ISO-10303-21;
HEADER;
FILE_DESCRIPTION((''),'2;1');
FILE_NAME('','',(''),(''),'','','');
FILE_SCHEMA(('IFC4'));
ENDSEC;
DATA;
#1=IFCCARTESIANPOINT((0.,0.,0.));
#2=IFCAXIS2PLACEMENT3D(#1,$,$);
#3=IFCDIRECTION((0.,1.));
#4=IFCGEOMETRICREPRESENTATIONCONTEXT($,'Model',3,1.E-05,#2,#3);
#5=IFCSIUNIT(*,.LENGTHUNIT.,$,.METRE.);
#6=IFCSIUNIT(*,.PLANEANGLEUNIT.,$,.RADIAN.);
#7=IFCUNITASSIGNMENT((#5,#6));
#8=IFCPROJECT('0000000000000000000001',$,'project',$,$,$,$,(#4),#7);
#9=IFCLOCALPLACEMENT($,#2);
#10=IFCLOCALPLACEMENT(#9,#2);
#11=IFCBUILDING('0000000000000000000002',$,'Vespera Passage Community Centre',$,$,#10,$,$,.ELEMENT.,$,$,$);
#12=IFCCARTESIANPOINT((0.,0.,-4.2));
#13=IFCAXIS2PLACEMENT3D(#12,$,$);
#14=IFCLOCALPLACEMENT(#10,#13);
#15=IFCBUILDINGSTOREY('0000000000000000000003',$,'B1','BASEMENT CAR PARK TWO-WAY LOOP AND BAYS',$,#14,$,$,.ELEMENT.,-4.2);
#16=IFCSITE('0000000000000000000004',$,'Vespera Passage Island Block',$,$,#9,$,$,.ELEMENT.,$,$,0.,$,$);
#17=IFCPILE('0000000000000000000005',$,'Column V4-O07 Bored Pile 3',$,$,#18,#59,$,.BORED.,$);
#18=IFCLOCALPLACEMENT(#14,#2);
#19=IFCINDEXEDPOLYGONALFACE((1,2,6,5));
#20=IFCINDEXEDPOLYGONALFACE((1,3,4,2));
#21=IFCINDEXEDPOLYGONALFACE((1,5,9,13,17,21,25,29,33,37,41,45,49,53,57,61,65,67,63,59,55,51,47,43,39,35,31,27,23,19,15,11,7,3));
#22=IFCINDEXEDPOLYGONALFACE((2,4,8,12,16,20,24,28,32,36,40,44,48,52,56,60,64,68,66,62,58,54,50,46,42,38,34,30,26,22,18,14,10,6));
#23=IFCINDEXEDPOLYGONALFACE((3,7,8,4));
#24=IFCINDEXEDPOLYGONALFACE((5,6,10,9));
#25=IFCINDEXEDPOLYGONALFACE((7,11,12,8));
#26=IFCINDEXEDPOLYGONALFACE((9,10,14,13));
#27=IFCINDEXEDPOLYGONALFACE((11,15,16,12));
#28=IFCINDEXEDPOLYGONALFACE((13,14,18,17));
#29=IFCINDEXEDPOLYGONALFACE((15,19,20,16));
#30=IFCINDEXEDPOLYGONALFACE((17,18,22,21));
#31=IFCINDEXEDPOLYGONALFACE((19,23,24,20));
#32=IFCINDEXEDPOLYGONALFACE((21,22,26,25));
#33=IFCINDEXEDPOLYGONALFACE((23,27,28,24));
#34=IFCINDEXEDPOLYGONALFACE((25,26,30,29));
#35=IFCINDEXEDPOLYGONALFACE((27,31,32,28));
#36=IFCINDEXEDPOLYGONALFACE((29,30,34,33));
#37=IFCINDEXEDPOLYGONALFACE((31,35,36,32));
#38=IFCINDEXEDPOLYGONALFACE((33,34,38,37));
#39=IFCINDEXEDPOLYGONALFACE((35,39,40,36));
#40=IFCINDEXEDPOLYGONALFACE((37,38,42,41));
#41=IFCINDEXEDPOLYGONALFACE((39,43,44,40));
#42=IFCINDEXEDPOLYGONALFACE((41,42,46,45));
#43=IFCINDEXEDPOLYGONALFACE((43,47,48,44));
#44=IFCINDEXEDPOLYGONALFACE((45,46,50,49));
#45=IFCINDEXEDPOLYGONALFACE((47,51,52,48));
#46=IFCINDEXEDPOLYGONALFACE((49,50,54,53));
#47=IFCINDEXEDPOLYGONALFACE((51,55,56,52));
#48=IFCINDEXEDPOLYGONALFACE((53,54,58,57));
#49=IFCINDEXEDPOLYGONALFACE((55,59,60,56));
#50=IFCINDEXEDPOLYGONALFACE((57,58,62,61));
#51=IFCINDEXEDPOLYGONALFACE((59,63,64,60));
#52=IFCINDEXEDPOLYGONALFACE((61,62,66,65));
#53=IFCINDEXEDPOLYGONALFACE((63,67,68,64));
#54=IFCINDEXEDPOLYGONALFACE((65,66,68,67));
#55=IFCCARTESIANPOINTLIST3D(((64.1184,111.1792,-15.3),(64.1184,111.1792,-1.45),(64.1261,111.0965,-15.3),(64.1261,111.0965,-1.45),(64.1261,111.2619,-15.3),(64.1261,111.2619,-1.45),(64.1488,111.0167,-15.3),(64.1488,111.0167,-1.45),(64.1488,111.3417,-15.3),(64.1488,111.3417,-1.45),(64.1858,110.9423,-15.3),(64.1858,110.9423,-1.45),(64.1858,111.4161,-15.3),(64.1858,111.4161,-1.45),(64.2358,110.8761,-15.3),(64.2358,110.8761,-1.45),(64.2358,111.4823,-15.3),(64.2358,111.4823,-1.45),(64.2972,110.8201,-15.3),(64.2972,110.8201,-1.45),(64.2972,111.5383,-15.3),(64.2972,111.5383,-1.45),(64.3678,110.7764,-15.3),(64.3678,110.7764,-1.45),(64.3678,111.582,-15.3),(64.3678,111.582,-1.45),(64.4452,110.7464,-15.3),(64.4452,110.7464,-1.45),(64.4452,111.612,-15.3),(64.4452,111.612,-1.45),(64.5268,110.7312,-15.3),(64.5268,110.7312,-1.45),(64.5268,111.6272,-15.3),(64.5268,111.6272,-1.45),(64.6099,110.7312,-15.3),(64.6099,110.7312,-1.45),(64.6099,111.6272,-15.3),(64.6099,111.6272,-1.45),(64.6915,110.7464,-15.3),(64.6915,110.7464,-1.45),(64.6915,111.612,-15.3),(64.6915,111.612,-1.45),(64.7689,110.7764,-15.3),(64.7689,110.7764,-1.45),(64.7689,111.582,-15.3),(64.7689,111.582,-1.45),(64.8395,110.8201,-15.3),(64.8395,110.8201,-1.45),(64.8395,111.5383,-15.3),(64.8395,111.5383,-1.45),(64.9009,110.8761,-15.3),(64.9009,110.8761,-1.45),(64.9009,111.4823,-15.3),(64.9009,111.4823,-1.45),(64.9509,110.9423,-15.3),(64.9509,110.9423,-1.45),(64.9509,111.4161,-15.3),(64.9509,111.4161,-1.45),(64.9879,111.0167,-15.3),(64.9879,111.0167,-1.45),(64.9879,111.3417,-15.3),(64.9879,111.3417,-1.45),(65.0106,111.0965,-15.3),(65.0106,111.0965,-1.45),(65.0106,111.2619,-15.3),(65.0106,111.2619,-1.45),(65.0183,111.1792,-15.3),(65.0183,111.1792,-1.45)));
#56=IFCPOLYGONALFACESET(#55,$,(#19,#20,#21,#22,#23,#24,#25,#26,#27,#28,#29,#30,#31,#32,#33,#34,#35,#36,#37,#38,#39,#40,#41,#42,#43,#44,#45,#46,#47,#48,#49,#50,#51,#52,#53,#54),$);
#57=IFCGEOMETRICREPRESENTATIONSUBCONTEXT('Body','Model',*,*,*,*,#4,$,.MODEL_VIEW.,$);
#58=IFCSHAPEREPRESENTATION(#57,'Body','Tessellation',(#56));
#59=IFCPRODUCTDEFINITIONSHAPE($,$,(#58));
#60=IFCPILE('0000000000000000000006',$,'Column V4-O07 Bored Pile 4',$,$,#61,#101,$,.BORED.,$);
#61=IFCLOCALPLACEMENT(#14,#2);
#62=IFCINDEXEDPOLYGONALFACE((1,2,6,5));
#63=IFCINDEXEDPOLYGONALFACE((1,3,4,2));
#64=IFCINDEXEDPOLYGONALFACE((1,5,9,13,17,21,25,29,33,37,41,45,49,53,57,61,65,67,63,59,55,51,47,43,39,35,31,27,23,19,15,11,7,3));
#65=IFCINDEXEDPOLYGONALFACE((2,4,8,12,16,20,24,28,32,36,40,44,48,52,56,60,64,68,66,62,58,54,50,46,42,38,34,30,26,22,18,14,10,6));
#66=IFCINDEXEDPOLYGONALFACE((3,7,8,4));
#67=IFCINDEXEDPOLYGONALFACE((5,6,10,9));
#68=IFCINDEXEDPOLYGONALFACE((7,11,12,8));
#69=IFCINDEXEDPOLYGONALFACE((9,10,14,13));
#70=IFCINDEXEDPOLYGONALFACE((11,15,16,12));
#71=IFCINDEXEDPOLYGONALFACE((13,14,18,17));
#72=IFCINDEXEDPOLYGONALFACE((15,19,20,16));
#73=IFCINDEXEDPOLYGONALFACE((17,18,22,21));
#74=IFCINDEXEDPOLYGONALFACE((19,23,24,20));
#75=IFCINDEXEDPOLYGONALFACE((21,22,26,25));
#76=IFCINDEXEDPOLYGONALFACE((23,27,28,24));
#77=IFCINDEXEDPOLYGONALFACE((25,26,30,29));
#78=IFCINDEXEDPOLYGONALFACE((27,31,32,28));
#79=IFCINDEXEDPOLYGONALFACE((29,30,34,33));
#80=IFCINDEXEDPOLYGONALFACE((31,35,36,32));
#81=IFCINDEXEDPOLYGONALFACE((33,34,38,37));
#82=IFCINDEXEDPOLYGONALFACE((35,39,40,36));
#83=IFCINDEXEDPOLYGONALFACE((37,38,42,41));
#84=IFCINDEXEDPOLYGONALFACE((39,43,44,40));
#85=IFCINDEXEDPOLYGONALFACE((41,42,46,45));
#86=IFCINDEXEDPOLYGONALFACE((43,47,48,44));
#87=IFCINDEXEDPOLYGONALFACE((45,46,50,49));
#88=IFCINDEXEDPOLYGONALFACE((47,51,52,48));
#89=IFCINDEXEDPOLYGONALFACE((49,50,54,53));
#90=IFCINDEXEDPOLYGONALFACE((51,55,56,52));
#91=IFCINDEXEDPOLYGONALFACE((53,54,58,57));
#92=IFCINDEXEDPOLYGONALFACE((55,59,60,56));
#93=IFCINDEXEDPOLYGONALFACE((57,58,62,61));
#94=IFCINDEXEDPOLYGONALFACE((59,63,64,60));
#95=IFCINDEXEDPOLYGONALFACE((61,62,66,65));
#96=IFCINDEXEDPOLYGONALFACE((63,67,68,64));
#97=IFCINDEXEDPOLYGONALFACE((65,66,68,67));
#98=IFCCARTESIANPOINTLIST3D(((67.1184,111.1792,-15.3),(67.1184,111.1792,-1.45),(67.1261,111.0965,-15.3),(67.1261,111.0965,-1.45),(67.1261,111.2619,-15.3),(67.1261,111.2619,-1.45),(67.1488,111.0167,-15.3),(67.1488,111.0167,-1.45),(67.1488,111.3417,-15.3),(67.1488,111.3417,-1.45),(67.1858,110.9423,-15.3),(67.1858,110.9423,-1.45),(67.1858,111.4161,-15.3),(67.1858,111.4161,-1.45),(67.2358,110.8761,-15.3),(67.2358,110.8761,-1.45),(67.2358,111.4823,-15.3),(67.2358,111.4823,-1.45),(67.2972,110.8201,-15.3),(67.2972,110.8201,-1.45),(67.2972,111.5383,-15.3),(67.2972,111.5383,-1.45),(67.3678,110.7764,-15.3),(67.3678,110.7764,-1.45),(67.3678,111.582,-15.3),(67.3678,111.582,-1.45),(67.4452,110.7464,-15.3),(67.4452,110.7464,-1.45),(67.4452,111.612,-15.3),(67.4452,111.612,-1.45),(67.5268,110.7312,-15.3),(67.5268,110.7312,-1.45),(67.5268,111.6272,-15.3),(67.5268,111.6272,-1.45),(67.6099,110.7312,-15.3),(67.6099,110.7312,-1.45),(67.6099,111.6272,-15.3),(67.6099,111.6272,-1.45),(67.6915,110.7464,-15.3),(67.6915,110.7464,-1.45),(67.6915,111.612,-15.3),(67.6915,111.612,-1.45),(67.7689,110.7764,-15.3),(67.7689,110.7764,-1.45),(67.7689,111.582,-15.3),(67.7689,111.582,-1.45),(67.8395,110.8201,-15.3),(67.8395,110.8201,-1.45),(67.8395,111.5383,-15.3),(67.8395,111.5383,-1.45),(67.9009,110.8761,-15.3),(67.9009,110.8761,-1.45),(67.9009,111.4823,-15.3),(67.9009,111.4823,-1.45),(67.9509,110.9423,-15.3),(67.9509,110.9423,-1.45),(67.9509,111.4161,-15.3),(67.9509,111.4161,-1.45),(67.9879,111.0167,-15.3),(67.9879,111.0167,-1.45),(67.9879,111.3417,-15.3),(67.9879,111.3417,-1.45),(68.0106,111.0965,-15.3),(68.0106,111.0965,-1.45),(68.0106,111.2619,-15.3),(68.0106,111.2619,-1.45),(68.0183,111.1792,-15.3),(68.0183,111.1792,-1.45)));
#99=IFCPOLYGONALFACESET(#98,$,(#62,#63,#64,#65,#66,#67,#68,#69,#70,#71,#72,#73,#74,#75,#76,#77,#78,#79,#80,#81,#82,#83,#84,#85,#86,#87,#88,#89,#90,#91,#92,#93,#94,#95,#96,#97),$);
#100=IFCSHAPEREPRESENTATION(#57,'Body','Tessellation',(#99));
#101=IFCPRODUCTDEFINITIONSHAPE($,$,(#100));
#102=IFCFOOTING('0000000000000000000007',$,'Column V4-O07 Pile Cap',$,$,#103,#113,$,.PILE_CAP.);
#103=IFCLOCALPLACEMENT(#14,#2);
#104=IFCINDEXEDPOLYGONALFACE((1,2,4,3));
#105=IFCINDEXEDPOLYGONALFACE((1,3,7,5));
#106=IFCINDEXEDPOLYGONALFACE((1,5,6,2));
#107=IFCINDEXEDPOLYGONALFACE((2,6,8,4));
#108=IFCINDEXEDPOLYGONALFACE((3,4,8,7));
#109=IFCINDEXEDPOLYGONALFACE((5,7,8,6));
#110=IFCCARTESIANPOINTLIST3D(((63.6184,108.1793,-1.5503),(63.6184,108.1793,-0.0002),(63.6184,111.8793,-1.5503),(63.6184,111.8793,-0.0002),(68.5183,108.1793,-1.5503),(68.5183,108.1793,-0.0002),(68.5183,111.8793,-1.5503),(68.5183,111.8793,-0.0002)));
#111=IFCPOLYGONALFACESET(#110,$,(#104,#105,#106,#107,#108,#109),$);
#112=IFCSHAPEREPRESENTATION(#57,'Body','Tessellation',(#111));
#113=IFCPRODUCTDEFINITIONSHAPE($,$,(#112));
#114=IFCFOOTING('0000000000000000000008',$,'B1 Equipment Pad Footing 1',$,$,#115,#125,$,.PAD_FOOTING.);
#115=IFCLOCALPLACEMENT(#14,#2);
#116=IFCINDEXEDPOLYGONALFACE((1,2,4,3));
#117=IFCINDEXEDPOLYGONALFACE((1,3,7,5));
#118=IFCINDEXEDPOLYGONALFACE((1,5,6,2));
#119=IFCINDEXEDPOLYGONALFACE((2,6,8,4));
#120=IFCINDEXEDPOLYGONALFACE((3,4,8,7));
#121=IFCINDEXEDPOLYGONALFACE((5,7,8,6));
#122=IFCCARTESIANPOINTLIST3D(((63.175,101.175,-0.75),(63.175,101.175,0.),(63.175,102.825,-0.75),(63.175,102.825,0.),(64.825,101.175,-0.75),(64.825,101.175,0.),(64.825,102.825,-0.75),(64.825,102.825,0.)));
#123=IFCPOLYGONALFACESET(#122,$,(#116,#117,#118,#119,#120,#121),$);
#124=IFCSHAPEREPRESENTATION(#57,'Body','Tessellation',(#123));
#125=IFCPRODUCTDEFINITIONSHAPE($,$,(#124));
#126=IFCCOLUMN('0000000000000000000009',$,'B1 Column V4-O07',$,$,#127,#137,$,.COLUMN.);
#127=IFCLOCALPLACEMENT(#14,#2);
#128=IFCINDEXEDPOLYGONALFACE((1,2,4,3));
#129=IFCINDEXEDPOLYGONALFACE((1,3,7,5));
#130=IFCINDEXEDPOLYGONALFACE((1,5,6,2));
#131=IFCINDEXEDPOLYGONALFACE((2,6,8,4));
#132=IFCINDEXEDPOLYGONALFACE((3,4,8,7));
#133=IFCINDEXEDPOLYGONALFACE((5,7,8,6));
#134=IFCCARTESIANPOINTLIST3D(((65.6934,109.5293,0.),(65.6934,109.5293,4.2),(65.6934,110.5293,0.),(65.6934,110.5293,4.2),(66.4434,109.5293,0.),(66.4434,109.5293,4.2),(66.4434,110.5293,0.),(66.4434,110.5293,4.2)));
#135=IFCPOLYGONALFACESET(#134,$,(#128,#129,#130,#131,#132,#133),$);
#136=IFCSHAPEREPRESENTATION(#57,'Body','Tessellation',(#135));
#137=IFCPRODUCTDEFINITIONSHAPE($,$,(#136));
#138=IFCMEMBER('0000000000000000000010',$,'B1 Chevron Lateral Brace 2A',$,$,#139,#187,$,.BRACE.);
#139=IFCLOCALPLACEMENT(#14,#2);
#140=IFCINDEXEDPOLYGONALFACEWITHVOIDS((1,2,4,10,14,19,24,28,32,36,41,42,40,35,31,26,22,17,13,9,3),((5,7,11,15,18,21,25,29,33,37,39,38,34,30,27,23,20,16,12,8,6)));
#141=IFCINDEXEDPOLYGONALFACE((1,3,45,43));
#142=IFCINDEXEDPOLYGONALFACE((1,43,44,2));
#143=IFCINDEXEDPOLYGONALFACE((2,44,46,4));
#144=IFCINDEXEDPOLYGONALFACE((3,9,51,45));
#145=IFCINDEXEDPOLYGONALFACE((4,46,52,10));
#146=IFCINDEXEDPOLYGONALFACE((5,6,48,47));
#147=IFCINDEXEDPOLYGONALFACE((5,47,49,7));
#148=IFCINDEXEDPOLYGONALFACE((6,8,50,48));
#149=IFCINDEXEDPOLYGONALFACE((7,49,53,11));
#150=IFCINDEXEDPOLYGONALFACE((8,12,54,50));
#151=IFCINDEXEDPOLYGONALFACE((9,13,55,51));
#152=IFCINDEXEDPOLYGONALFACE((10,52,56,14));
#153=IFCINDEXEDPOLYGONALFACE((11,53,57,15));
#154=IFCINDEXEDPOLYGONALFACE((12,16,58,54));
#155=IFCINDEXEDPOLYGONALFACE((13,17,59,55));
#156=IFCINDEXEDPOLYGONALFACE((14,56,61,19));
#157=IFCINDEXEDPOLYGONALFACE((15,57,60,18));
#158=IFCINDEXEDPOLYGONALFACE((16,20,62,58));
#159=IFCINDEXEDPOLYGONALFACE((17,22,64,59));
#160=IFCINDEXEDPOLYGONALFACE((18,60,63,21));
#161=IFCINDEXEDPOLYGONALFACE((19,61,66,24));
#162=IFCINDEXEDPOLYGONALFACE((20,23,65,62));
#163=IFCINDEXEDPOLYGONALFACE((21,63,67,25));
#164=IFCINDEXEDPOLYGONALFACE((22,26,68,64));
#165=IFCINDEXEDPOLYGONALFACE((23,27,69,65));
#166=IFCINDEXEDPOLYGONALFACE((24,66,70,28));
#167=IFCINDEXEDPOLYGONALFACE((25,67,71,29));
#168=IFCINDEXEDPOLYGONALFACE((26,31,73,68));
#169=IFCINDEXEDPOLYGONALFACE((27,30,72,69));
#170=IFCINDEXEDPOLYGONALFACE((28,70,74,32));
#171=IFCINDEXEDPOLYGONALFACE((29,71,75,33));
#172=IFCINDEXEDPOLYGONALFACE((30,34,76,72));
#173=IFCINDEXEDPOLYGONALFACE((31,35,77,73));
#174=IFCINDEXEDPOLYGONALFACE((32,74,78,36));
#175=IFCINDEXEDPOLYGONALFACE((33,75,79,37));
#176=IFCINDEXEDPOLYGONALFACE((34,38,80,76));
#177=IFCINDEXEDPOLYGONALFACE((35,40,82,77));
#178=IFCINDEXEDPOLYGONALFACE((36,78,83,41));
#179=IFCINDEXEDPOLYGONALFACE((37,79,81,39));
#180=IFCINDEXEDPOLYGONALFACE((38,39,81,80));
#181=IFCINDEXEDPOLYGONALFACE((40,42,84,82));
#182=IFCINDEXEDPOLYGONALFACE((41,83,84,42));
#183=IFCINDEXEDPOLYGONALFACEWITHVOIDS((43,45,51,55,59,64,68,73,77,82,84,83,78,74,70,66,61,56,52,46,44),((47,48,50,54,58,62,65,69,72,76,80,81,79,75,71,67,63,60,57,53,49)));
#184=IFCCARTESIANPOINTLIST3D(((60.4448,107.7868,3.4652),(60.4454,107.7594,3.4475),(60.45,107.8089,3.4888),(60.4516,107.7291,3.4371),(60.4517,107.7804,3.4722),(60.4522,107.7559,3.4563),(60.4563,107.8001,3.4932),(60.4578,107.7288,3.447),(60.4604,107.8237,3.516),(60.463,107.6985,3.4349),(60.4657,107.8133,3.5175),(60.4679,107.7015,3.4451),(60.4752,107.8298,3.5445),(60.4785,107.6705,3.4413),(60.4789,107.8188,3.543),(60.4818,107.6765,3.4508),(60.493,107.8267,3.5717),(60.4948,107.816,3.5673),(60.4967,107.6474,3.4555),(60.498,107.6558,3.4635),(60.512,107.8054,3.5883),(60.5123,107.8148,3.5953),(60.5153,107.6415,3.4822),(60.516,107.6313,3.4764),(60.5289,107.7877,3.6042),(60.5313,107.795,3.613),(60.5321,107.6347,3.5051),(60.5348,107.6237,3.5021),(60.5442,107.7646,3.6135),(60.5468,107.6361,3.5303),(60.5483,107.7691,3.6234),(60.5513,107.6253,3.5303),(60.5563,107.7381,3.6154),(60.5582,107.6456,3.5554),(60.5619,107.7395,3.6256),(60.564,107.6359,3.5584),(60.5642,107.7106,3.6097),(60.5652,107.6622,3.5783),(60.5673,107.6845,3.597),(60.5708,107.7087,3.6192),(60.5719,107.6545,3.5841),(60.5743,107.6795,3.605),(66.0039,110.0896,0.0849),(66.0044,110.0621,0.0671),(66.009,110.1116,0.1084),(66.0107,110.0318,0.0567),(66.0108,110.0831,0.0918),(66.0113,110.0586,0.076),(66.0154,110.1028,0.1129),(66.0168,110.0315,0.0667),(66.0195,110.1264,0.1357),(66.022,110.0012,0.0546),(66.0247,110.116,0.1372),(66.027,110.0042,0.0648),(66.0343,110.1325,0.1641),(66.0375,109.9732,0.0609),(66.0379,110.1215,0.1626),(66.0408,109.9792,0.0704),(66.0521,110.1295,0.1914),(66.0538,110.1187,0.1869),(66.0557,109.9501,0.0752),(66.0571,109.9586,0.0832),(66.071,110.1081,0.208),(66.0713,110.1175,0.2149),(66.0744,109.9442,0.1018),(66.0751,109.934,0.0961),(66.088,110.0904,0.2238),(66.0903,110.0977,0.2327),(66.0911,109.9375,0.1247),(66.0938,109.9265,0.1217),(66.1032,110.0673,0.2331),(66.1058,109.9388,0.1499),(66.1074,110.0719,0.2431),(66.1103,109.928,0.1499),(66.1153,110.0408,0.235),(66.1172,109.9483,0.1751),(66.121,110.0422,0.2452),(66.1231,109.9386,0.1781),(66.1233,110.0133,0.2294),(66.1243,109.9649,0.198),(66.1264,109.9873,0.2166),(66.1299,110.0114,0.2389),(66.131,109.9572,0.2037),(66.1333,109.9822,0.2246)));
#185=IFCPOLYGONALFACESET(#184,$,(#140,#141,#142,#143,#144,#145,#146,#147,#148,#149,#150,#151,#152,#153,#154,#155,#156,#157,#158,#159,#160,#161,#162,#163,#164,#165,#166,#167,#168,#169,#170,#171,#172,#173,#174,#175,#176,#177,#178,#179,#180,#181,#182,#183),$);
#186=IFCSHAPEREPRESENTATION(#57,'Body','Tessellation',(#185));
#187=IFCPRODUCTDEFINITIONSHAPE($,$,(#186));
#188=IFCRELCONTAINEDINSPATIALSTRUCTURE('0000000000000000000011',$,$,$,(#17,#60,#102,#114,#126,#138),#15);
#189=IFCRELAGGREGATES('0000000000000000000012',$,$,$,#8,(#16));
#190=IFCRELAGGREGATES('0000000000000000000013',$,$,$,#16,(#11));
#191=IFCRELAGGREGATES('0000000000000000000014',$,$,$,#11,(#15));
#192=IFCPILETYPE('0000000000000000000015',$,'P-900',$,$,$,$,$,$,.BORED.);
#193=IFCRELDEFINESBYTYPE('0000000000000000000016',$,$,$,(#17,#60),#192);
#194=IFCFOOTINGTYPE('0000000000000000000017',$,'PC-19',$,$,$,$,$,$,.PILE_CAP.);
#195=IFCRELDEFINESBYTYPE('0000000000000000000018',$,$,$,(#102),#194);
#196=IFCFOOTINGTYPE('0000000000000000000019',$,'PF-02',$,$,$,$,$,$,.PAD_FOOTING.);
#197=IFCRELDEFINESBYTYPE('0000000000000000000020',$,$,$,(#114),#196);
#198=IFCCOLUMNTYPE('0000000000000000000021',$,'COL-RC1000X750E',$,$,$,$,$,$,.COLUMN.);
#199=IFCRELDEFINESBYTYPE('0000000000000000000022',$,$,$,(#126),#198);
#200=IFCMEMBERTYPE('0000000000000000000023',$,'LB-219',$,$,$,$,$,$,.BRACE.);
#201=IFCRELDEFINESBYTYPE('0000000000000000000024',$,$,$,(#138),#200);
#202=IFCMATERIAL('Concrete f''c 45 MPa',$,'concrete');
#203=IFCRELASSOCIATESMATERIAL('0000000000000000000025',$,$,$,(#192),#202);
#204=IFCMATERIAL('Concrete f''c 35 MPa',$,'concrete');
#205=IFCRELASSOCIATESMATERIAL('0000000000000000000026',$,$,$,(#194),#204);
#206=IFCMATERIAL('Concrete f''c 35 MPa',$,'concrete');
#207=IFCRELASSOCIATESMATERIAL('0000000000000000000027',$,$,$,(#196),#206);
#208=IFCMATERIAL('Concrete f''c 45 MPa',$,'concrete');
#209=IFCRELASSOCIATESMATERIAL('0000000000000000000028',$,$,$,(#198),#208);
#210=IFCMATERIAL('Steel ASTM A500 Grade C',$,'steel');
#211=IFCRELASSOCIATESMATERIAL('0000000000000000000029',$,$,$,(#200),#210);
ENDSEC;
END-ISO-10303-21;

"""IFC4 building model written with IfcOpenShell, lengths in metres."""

from ifc_helpers import new_model, si_unit, direction, frame, origin, origin_2d, place, context, subcontext, project, spatial, rectangle, circle, hollow_circle, extrude, material, material_profile, profile_set, type_object, element, save


model = new_model("IFC4")

# Units and contexts
model_context = context("Model", 3, precision=1e-05, world=origin(), true_north=direction((0.0, 1.0)))
body_context = subcontext(model_context, "Body", "Model", "MODEL_VIEW")
ifc_project = project(units=[si_unit("LENGTHUNIT", "METRE"), si_unit("PLANEANGLEUNIT", "RADIAN")], contexts=[model_context])

# Site, building, storey
site_placement = place(None, origin())
site = spatial("IfcSite", under=ifc_project, at=site_placement, Name="Vespera Passage Island Block", CompositionType="ELEMENT", RefElevation=0.0)
building_placement = place(site_placement, origin())
building = spatial("IfcBuilding", under=site, at=building_placement, Name="Vespera Passage Community Centre", CompositionType="ELEMENT")
storey_placement = place(building_placement, frame((0.0, 0.0, -4.2)))
storey = spatial("IfcBuildingStorey", under=building, at=storey_placement, Name="B1", Description="BASEMENT CAR PARK TWO-WAY LOOP AND BAYS", CompositionType="ELEMENT", Elevation=-4.2)

# Piles
ifc_material_1 = material(Name="Concrete f'c 45 MPa", Category="concrete")
ifc_material_profile_1 = material_profile(ifc_material_1, circle(Radius=0.45, at=origin_2d()), Name="PILE900DIA")
ifc_profile_set_1 = profile_set([ifc_material_profile_1], Name="Concrete f'c 45 MPa")
pile_type = type_object("IfcPileType", Name="P-900", PredefinedType="BORED", material=ifc_profile_set_1)
for number, where, z_axis, x_axis, name in (
    (1, (64.5684, 111.1792, -1.45), (0.0, 0.0, -1.0), (1.0, 0.0, 0.0), "Column V4-O07 Bored Pile 3"),
    (2, (67.5684, 111.1792, -1.45), (0.0, 0.0, -1.0), (1.0, 0.0, 0.0), "Column V4-O07 Bored Pile 4"),
):
    element("IfcPile", number, at=place(storey_placement, frame(where, z_axis=z_axis, x_axis=x_axis)), inside=storey, type_object=pile_type, Name=name, PredefinedType="BORED", context=body_context, shape_type="SweptSolid", body=[
        extrude(circle(Radius=0.45, at=origin_2d()), origin(), (0.0, 0.0, 1.0), 13.8501),
    ])

# Footings
ifc_material_2 = material(Name="Concrete f'c 35 MPa", Category="concrete")
footing_type_1 = type_object("IfcFootingType", Name="PC-19", PredefinedType="PILE_CAP", material=ifc_material_2)
footing_1_placement = place(storey_placement, frame((66.0684, 110.0293, -1.5503), z_axis=(0.0, 0.0, 1.0), x_axis=(1.0, 0.0, 0.0)))
element("IfcFooting", 3, at=footing_1_placement, inside=storey, type_object=footing_type_1, Name="Column V4-O07 Pile Cap", PredefinedType="PILE_CAP", context=body_context, shape_type="SweptSolid", body=[
    extrude(rectangle(XDim=4.8999, YDim=3.7, at=origin_2d()), origin(), (0.0, 0.0, 1.0), 1.55),
])
ifc_material_3 = material(Name="Concrete f'c 35 MPa", Category="concrete")
footing_type_2 = type_object("IfcFootingType", Name="PF-02", PredefinedType="PAD_FOOTING", material=ifc_material_3)
footing_2_placement = place(storey_placement, frame((64.0, 102.0, -0.75), z_axis=(0.0, 0.0, 1.0), x_axis=(1.0, 0.0, 0.0)))
element("IfcFooting", 4, at=footing_2_placement, inside=storey, type_object=footing_type_2, Name="B1 Equipment Pad Footing 1", PredefinedType="PAD_FOOTING", context=body_context, shape_type="SweptSolid", body=[
    extrude(rectangle(XDim=1.6499, YDim=1.6499, at=origin_2d()), origin(), (0.0, 0.0, 1.0), 0.75),
])

# Column
ifc_material_4 = material(Name="Concrete f'c 45 MPa", Category="concrete")
ifc_material_profile_2 = material_profile(ifc_material_4, rectangle(XDim=0.75, YDim=1.0, at=origin_2d()), Name="RC1000X750")
ifc_profile_set_2 = profile_set([ifc_material_profile_2], Name="Concrete f'c 45 MPa")
column_type = type_object("IfcColumnType", Name="COL-RC1000X750E", PredefinedType="COLUMN", material=ifc_profile_set_2)
column_placement = place(storey_placement, frame((66.0684, 110.0293, 0.0), z_axis=(0.0, 0.0, 1.0), x_axis=(1.0, 0.0, 0.0)))
element("IfcColumn", 5, at=column_placement, inside=storey, type_object=column_type, Name="B1 Column V4-O07", PredefinedType="COLUMN", context=body_context, shape_type="SweptSolid", body=[
    extrude(rectangle(XDim=0.75, YDim=1.0, at=origin_2d()), origin(), (0.0, 0.0, 1.0), 4.2),
])

# Member
ifc_material_5 = material(Name="Steel ASTM A500 Grade C", Category="steel")
ifc_material_profile_3 = material_profile(ifc_material_5, hollow_circle(Radius=0.1096, WallThickness=0.0117, at=origin_2d()), Name="CHS219X12.7")
ifc_profile_set_3 = profile_set([ifc_material_profile_3], Name="Steel ASTM A500 Grade C")
member_type = type_object("IfcMemberType", Name="LB-219", PredefinedType="BRACE", material=ifc_profile_set_3)
member_placement = place(storey_placement, frame((66.0684, 110.0293, 0.1499), z_axis=(-0.80547, -0.333649, 0.489791), x_axis=(0.382696, -0.923874, 0.0)))
element("IfcMember", 6, at=member_placement, inside=storey, type_object=member_type, Name="B1 Chevron Lateral Brace 2A", PredefinedType="BRACE", context=body_context, shape_type="SweptSolid", body=[
    extrude(hollow_circle(Radius=0.1096, WallThickness=0.0117, at=origin_2d()), origin(), (0.0, 0.0, 1.0), 6.9016),
])

save(model, "model.ifc")
